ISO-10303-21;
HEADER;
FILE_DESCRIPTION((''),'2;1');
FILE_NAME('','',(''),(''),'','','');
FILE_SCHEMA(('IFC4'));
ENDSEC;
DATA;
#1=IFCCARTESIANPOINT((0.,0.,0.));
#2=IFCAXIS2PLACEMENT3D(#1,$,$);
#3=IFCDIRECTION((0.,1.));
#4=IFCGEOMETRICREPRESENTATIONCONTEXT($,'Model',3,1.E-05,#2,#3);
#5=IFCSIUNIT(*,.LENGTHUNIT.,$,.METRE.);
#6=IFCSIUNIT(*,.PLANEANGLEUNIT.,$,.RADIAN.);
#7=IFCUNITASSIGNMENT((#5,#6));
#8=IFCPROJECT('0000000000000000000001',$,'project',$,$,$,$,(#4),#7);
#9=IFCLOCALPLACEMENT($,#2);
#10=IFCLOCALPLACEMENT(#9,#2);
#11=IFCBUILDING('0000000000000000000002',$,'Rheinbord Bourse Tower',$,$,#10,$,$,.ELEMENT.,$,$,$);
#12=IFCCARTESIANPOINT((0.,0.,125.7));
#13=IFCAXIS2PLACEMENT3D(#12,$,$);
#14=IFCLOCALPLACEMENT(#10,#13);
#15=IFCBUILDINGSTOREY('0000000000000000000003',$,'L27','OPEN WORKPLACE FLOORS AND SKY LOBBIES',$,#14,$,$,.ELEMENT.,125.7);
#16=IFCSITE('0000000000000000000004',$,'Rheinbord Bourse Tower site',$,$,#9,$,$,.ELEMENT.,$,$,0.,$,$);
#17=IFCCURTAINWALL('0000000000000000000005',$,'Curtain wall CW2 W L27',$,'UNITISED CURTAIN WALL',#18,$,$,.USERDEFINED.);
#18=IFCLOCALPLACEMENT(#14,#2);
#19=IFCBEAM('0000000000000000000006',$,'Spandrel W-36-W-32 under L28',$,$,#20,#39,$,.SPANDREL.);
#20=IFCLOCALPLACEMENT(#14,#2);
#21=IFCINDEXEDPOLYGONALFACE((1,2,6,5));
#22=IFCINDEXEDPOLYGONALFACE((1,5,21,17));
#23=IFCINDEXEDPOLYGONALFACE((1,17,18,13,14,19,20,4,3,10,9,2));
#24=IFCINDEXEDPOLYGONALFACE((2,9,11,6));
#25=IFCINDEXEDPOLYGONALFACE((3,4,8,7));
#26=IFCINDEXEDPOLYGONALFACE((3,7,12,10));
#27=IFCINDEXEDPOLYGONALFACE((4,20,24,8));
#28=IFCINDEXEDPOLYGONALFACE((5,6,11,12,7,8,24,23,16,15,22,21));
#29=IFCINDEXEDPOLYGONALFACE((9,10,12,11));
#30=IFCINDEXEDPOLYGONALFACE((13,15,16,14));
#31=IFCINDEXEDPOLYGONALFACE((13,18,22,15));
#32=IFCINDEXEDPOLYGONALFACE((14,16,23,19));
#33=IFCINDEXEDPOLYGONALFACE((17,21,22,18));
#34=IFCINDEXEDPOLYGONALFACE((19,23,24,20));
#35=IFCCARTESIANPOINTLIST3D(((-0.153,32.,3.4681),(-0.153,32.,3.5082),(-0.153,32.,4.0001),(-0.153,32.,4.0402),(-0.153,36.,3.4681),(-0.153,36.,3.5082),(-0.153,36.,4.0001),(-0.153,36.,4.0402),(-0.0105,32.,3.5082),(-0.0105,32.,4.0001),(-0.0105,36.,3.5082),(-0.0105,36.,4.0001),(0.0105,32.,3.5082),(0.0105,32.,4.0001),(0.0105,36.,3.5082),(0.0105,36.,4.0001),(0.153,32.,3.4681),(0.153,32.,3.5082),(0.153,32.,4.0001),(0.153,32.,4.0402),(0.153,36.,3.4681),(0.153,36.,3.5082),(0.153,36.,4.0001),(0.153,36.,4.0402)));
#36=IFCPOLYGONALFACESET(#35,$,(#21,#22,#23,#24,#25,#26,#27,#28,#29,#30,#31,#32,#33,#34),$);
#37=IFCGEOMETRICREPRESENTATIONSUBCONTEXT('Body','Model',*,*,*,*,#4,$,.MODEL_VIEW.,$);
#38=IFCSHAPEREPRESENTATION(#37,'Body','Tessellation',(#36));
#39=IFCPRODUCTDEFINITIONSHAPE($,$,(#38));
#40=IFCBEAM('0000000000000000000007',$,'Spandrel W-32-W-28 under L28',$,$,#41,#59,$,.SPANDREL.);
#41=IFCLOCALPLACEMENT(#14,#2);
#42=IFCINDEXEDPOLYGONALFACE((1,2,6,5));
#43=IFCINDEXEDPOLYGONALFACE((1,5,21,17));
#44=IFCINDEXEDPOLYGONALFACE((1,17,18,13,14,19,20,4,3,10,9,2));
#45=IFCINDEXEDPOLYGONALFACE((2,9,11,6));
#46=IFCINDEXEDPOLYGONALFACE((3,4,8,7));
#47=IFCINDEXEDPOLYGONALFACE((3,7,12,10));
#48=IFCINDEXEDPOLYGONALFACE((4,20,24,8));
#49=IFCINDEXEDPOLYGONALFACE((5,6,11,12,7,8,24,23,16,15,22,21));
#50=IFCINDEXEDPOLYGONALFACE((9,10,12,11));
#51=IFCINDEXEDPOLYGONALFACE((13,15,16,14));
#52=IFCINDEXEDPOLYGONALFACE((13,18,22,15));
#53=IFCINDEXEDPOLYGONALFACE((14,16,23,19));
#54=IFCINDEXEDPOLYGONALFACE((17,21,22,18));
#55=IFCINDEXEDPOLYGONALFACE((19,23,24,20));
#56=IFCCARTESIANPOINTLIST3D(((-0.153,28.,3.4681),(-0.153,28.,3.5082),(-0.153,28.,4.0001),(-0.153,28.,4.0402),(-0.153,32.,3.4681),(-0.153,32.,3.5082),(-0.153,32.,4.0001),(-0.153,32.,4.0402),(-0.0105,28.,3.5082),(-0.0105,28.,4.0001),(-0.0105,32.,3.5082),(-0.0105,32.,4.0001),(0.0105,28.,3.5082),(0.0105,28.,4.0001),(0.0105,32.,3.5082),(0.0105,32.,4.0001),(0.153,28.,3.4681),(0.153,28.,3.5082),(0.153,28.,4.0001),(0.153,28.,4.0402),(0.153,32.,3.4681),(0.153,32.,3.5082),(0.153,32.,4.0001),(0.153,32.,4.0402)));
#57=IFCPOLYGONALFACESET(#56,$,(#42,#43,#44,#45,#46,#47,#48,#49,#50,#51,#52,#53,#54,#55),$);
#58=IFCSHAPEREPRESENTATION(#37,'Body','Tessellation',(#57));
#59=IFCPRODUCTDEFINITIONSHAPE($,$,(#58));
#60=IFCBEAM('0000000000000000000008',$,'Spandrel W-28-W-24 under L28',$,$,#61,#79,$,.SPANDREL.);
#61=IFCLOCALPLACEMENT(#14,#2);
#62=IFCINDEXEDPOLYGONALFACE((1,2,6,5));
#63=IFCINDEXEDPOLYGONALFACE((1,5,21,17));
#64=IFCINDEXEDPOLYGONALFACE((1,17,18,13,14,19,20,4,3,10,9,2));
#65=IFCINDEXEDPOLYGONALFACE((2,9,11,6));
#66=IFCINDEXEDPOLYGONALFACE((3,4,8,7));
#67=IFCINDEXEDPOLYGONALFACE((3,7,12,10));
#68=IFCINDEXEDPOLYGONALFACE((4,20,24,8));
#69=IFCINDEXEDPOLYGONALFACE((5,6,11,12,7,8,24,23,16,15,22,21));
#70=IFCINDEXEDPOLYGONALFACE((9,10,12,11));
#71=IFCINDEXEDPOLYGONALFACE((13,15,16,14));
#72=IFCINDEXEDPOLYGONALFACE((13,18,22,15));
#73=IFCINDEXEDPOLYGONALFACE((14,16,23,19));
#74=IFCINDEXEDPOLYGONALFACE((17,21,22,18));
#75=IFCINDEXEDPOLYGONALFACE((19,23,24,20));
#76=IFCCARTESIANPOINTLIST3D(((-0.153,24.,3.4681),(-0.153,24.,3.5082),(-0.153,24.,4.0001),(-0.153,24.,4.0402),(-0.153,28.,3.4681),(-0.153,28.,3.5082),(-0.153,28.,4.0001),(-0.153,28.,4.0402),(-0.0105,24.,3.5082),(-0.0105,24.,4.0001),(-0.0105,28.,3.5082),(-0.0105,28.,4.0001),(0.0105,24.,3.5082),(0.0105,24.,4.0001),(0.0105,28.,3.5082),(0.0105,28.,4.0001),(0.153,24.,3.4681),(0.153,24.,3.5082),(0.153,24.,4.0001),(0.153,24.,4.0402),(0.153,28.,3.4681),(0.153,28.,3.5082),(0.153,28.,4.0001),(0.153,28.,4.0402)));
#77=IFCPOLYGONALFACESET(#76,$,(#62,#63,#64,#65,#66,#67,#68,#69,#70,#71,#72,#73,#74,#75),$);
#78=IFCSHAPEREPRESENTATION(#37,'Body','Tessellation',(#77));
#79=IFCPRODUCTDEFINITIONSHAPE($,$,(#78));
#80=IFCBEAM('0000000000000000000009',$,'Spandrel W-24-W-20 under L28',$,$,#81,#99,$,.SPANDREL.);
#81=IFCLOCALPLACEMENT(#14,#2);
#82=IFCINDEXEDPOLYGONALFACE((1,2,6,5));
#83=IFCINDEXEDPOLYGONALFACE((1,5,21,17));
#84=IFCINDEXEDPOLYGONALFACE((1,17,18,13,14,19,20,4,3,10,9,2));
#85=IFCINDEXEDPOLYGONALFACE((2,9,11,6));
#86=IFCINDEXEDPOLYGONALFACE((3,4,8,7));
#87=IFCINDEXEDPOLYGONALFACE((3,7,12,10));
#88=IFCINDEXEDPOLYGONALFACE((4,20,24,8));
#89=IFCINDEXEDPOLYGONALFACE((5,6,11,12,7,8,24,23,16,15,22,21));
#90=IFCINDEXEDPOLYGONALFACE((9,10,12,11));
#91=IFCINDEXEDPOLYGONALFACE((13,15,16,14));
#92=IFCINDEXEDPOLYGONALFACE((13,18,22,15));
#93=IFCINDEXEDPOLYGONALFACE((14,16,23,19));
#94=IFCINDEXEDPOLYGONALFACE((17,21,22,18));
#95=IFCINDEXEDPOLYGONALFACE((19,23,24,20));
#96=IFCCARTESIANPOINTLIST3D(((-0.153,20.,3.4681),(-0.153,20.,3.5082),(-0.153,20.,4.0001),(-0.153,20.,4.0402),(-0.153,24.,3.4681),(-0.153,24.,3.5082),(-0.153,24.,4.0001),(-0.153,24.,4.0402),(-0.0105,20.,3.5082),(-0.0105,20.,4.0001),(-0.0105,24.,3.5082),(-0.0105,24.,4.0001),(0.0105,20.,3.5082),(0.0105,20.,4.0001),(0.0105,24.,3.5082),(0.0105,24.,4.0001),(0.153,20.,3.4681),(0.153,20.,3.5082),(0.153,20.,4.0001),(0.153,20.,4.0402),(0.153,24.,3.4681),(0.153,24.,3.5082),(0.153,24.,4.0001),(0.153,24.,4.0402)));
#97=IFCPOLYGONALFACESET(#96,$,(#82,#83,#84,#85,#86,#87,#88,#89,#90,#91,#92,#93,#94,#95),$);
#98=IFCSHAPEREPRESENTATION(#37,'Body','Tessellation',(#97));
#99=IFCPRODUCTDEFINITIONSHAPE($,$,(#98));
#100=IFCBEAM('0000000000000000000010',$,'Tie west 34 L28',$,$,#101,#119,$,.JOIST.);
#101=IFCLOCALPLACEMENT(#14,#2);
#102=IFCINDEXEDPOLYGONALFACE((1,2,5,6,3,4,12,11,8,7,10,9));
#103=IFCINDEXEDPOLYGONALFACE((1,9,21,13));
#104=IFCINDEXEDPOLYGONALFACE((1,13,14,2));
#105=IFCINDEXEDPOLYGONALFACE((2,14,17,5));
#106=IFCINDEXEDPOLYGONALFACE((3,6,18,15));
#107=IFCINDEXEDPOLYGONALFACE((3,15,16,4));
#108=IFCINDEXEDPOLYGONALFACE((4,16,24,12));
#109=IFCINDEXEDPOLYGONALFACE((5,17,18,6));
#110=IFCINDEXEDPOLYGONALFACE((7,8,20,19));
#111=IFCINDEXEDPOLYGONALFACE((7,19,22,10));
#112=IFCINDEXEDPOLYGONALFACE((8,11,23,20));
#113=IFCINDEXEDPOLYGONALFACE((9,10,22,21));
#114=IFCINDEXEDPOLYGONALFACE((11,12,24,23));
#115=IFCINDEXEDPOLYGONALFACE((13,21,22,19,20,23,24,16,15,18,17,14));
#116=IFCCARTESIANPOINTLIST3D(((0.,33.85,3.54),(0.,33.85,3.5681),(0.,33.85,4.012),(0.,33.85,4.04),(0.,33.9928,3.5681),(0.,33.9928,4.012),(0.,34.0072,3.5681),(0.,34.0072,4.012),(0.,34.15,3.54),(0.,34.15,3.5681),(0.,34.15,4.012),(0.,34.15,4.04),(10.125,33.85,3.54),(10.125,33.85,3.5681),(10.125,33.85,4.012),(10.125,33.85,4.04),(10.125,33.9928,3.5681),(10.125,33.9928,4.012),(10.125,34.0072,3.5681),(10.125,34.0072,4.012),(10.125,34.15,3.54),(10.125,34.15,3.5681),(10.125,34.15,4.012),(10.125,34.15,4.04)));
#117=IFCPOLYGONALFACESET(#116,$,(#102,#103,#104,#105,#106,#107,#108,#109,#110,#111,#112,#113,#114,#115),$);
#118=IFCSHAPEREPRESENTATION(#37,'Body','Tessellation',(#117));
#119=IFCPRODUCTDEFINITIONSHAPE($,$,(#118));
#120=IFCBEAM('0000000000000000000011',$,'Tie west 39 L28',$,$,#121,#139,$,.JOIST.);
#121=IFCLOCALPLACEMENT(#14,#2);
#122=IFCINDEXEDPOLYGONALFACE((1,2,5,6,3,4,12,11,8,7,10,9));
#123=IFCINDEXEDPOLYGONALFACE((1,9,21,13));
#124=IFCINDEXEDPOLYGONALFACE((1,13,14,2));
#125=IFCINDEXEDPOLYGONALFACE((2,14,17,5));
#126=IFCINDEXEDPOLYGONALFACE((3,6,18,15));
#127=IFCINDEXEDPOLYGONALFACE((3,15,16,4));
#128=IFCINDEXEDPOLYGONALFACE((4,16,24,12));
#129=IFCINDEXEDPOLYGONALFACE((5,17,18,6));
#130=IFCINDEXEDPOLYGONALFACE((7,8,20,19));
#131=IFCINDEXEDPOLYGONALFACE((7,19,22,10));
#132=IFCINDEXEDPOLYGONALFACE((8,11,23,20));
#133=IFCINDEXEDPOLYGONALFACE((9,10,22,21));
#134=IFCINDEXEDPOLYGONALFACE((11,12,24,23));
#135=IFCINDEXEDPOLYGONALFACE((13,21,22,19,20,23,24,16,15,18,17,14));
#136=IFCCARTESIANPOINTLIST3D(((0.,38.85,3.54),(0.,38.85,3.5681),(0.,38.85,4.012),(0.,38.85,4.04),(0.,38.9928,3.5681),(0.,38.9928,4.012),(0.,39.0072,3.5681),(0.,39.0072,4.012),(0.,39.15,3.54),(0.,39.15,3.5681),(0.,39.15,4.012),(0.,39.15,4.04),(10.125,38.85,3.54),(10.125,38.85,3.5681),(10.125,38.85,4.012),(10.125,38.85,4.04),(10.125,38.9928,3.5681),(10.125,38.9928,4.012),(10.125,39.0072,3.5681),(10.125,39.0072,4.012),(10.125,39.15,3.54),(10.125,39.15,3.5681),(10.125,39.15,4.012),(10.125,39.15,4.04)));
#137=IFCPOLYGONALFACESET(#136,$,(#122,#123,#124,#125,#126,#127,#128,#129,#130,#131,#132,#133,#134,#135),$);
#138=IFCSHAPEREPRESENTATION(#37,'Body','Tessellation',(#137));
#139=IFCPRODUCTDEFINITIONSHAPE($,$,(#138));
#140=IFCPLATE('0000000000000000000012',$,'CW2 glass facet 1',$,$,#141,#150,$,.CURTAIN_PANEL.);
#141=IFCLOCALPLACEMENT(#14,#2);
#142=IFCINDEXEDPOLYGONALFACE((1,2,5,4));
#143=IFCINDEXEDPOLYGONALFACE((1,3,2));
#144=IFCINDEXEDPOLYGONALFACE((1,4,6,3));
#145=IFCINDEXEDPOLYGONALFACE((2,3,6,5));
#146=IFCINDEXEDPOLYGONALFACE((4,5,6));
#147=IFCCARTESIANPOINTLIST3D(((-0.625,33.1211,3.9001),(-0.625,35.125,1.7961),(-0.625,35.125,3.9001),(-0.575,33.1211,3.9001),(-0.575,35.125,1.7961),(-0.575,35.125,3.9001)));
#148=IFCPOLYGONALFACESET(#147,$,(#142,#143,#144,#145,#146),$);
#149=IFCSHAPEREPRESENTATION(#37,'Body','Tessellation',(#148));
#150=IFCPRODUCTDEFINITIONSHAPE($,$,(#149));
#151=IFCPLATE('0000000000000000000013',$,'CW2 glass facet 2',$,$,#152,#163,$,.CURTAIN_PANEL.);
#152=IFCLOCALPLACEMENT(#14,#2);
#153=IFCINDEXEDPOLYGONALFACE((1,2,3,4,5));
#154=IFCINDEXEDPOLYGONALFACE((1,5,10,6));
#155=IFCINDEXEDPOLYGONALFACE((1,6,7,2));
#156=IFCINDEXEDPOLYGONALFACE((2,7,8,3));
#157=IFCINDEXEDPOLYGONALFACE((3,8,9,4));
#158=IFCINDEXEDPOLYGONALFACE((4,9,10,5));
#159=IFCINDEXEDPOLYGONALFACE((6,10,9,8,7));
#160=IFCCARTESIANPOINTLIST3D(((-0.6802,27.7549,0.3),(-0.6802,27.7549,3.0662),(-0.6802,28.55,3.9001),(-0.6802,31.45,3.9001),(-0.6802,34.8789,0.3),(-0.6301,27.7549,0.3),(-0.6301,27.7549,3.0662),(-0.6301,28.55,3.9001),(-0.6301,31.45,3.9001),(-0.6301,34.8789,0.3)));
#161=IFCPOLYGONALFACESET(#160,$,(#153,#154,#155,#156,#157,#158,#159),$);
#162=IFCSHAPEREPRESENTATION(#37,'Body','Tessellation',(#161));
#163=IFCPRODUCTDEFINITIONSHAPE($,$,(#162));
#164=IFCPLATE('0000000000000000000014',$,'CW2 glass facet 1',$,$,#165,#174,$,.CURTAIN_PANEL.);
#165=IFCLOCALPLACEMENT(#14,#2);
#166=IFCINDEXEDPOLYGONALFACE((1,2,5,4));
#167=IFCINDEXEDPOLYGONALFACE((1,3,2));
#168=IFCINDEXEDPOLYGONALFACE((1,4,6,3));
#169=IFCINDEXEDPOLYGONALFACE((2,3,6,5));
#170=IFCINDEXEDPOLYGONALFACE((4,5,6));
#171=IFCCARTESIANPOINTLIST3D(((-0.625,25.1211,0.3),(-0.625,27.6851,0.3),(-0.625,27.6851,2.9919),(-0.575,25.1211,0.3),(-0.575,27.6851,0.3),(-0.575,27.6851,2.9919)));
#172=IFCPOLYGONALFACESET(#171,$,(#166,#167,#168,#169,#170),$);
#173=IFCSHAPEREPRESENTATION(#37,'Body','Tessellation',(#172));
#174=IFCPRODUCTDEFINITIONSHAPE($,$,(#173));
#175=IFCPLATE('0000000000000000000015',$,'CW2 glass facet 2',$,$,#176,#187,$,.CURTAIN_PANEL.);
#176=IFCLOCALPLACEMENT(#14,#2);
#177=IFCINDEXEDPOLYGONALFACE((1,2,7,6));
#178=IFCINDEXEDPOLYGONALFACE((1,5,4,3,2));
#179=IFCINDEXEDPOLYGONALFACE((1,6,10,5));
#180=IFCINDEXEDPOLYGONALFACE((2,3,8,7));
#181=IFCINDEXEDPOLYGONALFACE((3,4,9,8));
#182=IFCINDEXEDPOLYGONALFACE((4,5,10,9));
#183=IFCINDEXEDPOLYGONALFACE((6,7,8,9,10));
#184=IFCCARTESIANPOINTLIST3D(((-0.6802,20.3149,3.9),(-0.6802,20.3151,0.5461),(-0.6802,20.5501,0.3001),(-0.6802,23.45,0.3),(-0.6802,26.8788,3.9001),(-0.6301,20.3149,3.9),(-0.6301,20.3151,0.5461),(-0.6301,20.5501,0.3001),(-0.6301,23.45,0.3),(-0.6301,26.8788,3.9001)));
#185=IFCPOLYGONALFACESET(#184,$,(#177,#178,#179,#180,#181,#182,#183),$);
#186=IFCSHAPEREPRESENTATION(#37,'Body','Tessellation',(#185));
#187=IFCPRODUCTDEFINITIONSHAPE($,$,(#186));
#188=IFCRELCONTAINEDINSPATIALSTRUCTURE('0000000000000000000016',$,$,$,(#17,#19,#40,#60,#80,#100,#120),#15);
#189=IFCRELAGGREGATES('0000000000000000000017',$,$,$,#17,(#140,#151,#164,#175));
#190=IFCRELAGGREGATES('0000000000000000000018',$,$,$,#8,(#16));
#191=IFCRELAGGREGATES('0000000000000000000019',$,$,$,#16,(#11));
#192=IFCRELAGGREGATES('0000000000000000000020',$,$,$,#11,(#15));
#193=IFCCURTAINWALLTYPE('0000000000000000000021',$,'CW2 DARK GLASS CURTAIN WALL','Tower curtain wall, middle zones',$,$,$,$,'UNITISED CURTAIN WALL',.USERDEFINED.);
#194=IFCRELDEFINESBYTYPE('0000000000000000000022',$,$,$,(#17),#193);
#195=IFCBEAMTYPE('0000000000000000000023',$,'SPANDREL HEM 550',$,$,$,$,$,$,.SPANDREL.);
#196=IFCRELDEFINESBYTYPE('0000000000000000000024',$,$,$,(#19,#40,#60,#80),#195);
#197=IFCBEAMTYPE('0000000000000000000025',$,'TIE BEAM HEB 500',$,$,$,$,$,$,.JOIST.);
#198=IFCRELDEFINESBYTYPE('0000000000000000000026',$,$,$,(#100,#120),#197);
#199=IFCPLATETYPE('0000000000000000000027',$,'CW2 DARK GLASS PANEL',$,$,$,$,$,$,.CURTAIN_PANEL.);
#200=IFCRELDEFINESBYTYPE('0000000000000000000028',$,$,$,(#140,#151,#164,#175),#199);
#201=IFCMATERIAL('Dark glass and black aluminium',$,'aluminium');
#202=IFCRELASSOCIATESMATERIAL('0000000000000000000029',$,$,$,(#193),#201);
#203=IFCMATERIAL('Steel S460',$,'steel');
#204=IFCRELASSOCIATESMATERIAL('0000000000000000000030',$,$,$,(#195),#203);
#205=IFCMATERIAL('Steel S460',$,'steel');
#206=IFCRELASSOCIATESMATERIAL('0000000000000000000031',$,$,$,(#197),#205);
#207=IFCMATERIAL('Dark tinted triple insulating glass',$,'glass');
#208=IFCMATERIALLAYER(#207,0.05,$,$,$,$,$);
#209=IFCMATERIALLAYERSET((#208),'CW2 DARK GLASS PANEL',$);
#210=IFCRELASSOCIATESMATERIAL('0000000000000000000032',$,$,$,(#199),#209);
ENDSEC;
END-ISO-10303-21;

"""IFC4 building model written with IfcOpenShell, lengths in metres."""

from ifc_helpers import new_model, si_unit, direction, frame, origin, origin_2d, place, context, subcontext, project, spatial, polyline, i_section, outline, extrude, material, layer, layer_set, material_profile, profile_set, type_object, element, aggregate, save


model = new_model("IFC4")

# Units and contexts
model_context = context("Model", 3, precision=1e-05, world=origin(), true_north=direction((0.0, 1.0)))
body_context = subcontext(model_context, "Body", "Model", "MODEL_VIEW")
ifc_project = project(units=[si_unit("LENGTHUNIT", "METRE"), si_unit("PLANEANGLEUNIT", "RADIAN")], contexts=[model_context])

# Site, building, storey
site_placement = place(None, origin())
site = spatial("IfcSite", under=ifc_project, at=site_placement, Name="Rheinbord Bourse Tower site", CompositionType="ELEMENT", RefElevation=0.0)
building_placement = place(site_placement, origin())
building = spatial("IfcBuilding", under=site, at=building_placement, Name="Rheinbord Bourse Tower", CompositionType="ELEMENT")
storey_placement = place(building_placement, frame((0.0, 0.0, 125.7)))
storey = spatial("IfcBuildingStorey", under=building, at=storey_placement, Name="L27", Description="OPEN WORKPLACE FLOORS AND SKY LOBBIES", CompositionType="ELEMENT", Elevation=125.7)

# Curtain wall
ifc_material_1 = material(Name="Dark glass and black aluminium", Category="aluminium")
curtain_wall_type = type_object("IfcCurtainWallType", Name="CW2 DARK GLASS CURTAIN WALL", Description="Tower curtain wall, middle zones", ElementType="UNITISED CURTAIN WALL", PredefinedType="USERDEFINED", material=ifc_material_1)
curtain_wall_placement = place(storey_placement, origin())
curtain_wall = element("IfcCurtainWall", 1, at=curtain_wall_placement, inside=storey, type_object=curtain_wall_type, Name="Curtain wall CW2 W L27", ObjectType="UNITISED CURTAIN WALL", PredefinedType="USERDEFINED")

# Beams
ifc_material_2 = material(Name="Steel S460", Category="steel")
ifc_material_profile_1 = material_profile(ifc_material_2, i_section(OverallWidth=0.3059, OverallDepth=0.572, WebThickness=0.021, FlangeThickness=0.04, at=origin_2d()), Name="HEM 550")
ifc_profile_set_1 = profile_set([ifc_material_profile_1], Name="Steel S460")
beam_type_1 = type_object("IfcBeamType", Name="SPANDREL HEM 550", PredefinedType="SPANDREL", material=ifc_profile_set_1)
for number, where, z_axis, x_axis, name in (
    (2, (0.0, 36.0, 3.7542), (0.0, -1.0, 0.0), (1.0, 0.0, 0.0), "Spandrel W-36-W-32 under L28"),
    (3, (0.0, 32.0, 3.7542), (0.0, -1.0, 0.0), (1.0, 0.0, 0.0), "Spandrel W-32-W-28 under L28"),
    (4, (0.0, 28.0, 3.7542), (0.0, -1.0, 0.0), (1.0, 0.0, 0.0), "Spandrel W-28-W-24 under L28"),
    (5, (0.0, 24.0, 3.7542), (0.0, -1.0, 0.0), (1.0, 0.0, 0.0), "Spandrel W-24-W-20 under L28"),
):
    element("IfcBeam", number, at=place(storey_placement, frame(where, z_axis=z_axis, x_axis=x_axis)), inside=storey, type_object=beam_type_1, Name=name, PredefinedType="SPANDREL", context=body_context, shape_type="SweptSolid", body=[
        extrude(i_section(OverallWidth=0.3059, OverallDepth=0.572, WebThickness=0.021, FlangeThickness=0.04, at=origin_2d()), origin(), (0.0, 0.0, 1.0), 4.0),
    ])
ifc_material_3 = material(Name="Steel S460", Category="steel")
ifc_material_profile_2 = material_profile(ifc_material_3, i_section(OverallWidth=0.3, OverallDepth=0.5, WebThickness=0.0144, FlangeThickness=0.0281, at=origin_2d()), Name="HEB 500")
ifc_profile_set_2 = profile_set([ifc_material_profile_2], Name="Steel S460")
beam_type_2 = type_object("IfcBeamType", Name="TIE BEAM HEB 500", PredefinedType="JOIST", material=ifc_profile_set_2)
for number, where, z_axis, x_axis, name in (
    (6, (0.0, 34.0, 3.79), (1.0, 0.0, 0.0), (0.0, 1.0, 0.0), "Tie west 34 L28"),
    (7, (0.0, 39.0, 3.79), (1.0, 0.0, 0.0), (0.0, 1.0, 0.0), "Tie west 39 L28"),
):
    element("IfcBeam", number, at=place(storey_placement, frame(where, z_axis=z_axis, x_axis=x_axis)), inside=storey, type_object=beam_type_2, Name=name, PredefinedType="JOIST", context=body_context, shape_type="SweptSolid", body=[
        extrude(i_section(OverallWidth=0.3, OverallDepth=0.5, WebThickness=0.0144, FlangeThickness=0.0281, at=origin_2d()), origin(), (0.0, 0.0, 1.0), 10.125),
    ])

# Plates
ifc_material_4 = material(Name="Dark tinted triple insulating glass", Category="glass")
ifc_layer_1 = layer(ifc_material_4, 0.05)
ifc_layer_set_1 = layer_set([ifc_layer_1], Name="CW2 DARK GLASS PANEL")
plate_type = type_object("IfcPlateType", Name="CW2 DARK GLASS PANEL", PredefinedType="CURTAIN_PANEL", material=ifc_layer_set_1)
plate_1_placement = place(storey_placement, frame((-0.625, 35.125, 3.9001), z_axis=(1.0, 0.0, 0.0), x_axis=(0.0, -1.0, 0.0)))
plate_1 = element("IfcPlate", 8, at=plate_1_placement, type_object=plate_type, Name="CW2 glass facet 1", PredefinedType="CURTAIN_PANEL", context=body_context, shape_type="SweptSolid", body=[
    extrude(outline(polyline([(0.0, 0.0), (2.0039, 0.0), (0.0, 2.104), (0.0, 0.0)])), origin(), (0.0, 0.0, 1.0), 0.05),
])
plate_2_placement = place(storey_placement, frame((-0.6802, 27.7549, 0.3), z_axis=(1.0, 0.0, 0.0), x_axis=(0.0, 1.0, 0.0)))
plate_2 = element("IfcPlate", 9, at=plate_2_placement, type_object=plate_type, Name="CW2 glass facet 2", PredefinedType="CURTAIN_PANEL", context=body_context, shape_type="SweptSolid", body=[
    extrude(outline(polyline([(0.0, 0.0), (7.124, 0.0), (3.6951, 3.6001), (0.7952, 3.6001), (0.0, 2.7661), (0.0, 0.0)])), origin(), (0.0, 0.0, 1.0), 0.05),
])
plate_3_placement = place(storey_placement, frame((-0.625, 27.6851, 0.3), z_axis=(1.0, 0.0, 0.0), x_axis=(0.0, 0.0, 1.0)))
plate_3 = element("IfcPlate", 10, at=plate_3_placement, type_object=plate_type, Name="CW2 glass facet 1", PredefinedType="CURTAIN_PANEL", context=body_context, shape_type="SweptSolid", body=[
    extrude(outline(polyline([(0.0, 0.0), (2.6919, 0.0), (0.0, 2.564), (0.0, 0.0)])), origin(), (0.0, 0.0, 1.0), 0.05),
])
plate_4_placement = place(storey_placement, frame((-0.6802, 23.45, 0.3), z_axis=(1.0, 0.0, 0.0), x_axis=(0.0, 0.689686, 0.724109)))
plate_4 = element("IfcPlate", 11, at=plate_4_placement, type_object=plate_type, Name="CW2 glass facet 2", PredefinedType="CURTAIN_PANEL", context=body_context, shape_type="SweptSolid", body=[
    extrude(outline(polyline([(0.0, 0.0), (4.9717, 0.0), (0.4446, 4.7529), (-1.9839, 2.4397), (-2.0, 2.0999), (0.0, 0.0)])), origin(), (0.0, 0.0, 1.0), 0.05),
])
aggregate(curtain_wall, [plate_1, plate_2, plate_3, plate_4])

save(model, "model.ifc")
